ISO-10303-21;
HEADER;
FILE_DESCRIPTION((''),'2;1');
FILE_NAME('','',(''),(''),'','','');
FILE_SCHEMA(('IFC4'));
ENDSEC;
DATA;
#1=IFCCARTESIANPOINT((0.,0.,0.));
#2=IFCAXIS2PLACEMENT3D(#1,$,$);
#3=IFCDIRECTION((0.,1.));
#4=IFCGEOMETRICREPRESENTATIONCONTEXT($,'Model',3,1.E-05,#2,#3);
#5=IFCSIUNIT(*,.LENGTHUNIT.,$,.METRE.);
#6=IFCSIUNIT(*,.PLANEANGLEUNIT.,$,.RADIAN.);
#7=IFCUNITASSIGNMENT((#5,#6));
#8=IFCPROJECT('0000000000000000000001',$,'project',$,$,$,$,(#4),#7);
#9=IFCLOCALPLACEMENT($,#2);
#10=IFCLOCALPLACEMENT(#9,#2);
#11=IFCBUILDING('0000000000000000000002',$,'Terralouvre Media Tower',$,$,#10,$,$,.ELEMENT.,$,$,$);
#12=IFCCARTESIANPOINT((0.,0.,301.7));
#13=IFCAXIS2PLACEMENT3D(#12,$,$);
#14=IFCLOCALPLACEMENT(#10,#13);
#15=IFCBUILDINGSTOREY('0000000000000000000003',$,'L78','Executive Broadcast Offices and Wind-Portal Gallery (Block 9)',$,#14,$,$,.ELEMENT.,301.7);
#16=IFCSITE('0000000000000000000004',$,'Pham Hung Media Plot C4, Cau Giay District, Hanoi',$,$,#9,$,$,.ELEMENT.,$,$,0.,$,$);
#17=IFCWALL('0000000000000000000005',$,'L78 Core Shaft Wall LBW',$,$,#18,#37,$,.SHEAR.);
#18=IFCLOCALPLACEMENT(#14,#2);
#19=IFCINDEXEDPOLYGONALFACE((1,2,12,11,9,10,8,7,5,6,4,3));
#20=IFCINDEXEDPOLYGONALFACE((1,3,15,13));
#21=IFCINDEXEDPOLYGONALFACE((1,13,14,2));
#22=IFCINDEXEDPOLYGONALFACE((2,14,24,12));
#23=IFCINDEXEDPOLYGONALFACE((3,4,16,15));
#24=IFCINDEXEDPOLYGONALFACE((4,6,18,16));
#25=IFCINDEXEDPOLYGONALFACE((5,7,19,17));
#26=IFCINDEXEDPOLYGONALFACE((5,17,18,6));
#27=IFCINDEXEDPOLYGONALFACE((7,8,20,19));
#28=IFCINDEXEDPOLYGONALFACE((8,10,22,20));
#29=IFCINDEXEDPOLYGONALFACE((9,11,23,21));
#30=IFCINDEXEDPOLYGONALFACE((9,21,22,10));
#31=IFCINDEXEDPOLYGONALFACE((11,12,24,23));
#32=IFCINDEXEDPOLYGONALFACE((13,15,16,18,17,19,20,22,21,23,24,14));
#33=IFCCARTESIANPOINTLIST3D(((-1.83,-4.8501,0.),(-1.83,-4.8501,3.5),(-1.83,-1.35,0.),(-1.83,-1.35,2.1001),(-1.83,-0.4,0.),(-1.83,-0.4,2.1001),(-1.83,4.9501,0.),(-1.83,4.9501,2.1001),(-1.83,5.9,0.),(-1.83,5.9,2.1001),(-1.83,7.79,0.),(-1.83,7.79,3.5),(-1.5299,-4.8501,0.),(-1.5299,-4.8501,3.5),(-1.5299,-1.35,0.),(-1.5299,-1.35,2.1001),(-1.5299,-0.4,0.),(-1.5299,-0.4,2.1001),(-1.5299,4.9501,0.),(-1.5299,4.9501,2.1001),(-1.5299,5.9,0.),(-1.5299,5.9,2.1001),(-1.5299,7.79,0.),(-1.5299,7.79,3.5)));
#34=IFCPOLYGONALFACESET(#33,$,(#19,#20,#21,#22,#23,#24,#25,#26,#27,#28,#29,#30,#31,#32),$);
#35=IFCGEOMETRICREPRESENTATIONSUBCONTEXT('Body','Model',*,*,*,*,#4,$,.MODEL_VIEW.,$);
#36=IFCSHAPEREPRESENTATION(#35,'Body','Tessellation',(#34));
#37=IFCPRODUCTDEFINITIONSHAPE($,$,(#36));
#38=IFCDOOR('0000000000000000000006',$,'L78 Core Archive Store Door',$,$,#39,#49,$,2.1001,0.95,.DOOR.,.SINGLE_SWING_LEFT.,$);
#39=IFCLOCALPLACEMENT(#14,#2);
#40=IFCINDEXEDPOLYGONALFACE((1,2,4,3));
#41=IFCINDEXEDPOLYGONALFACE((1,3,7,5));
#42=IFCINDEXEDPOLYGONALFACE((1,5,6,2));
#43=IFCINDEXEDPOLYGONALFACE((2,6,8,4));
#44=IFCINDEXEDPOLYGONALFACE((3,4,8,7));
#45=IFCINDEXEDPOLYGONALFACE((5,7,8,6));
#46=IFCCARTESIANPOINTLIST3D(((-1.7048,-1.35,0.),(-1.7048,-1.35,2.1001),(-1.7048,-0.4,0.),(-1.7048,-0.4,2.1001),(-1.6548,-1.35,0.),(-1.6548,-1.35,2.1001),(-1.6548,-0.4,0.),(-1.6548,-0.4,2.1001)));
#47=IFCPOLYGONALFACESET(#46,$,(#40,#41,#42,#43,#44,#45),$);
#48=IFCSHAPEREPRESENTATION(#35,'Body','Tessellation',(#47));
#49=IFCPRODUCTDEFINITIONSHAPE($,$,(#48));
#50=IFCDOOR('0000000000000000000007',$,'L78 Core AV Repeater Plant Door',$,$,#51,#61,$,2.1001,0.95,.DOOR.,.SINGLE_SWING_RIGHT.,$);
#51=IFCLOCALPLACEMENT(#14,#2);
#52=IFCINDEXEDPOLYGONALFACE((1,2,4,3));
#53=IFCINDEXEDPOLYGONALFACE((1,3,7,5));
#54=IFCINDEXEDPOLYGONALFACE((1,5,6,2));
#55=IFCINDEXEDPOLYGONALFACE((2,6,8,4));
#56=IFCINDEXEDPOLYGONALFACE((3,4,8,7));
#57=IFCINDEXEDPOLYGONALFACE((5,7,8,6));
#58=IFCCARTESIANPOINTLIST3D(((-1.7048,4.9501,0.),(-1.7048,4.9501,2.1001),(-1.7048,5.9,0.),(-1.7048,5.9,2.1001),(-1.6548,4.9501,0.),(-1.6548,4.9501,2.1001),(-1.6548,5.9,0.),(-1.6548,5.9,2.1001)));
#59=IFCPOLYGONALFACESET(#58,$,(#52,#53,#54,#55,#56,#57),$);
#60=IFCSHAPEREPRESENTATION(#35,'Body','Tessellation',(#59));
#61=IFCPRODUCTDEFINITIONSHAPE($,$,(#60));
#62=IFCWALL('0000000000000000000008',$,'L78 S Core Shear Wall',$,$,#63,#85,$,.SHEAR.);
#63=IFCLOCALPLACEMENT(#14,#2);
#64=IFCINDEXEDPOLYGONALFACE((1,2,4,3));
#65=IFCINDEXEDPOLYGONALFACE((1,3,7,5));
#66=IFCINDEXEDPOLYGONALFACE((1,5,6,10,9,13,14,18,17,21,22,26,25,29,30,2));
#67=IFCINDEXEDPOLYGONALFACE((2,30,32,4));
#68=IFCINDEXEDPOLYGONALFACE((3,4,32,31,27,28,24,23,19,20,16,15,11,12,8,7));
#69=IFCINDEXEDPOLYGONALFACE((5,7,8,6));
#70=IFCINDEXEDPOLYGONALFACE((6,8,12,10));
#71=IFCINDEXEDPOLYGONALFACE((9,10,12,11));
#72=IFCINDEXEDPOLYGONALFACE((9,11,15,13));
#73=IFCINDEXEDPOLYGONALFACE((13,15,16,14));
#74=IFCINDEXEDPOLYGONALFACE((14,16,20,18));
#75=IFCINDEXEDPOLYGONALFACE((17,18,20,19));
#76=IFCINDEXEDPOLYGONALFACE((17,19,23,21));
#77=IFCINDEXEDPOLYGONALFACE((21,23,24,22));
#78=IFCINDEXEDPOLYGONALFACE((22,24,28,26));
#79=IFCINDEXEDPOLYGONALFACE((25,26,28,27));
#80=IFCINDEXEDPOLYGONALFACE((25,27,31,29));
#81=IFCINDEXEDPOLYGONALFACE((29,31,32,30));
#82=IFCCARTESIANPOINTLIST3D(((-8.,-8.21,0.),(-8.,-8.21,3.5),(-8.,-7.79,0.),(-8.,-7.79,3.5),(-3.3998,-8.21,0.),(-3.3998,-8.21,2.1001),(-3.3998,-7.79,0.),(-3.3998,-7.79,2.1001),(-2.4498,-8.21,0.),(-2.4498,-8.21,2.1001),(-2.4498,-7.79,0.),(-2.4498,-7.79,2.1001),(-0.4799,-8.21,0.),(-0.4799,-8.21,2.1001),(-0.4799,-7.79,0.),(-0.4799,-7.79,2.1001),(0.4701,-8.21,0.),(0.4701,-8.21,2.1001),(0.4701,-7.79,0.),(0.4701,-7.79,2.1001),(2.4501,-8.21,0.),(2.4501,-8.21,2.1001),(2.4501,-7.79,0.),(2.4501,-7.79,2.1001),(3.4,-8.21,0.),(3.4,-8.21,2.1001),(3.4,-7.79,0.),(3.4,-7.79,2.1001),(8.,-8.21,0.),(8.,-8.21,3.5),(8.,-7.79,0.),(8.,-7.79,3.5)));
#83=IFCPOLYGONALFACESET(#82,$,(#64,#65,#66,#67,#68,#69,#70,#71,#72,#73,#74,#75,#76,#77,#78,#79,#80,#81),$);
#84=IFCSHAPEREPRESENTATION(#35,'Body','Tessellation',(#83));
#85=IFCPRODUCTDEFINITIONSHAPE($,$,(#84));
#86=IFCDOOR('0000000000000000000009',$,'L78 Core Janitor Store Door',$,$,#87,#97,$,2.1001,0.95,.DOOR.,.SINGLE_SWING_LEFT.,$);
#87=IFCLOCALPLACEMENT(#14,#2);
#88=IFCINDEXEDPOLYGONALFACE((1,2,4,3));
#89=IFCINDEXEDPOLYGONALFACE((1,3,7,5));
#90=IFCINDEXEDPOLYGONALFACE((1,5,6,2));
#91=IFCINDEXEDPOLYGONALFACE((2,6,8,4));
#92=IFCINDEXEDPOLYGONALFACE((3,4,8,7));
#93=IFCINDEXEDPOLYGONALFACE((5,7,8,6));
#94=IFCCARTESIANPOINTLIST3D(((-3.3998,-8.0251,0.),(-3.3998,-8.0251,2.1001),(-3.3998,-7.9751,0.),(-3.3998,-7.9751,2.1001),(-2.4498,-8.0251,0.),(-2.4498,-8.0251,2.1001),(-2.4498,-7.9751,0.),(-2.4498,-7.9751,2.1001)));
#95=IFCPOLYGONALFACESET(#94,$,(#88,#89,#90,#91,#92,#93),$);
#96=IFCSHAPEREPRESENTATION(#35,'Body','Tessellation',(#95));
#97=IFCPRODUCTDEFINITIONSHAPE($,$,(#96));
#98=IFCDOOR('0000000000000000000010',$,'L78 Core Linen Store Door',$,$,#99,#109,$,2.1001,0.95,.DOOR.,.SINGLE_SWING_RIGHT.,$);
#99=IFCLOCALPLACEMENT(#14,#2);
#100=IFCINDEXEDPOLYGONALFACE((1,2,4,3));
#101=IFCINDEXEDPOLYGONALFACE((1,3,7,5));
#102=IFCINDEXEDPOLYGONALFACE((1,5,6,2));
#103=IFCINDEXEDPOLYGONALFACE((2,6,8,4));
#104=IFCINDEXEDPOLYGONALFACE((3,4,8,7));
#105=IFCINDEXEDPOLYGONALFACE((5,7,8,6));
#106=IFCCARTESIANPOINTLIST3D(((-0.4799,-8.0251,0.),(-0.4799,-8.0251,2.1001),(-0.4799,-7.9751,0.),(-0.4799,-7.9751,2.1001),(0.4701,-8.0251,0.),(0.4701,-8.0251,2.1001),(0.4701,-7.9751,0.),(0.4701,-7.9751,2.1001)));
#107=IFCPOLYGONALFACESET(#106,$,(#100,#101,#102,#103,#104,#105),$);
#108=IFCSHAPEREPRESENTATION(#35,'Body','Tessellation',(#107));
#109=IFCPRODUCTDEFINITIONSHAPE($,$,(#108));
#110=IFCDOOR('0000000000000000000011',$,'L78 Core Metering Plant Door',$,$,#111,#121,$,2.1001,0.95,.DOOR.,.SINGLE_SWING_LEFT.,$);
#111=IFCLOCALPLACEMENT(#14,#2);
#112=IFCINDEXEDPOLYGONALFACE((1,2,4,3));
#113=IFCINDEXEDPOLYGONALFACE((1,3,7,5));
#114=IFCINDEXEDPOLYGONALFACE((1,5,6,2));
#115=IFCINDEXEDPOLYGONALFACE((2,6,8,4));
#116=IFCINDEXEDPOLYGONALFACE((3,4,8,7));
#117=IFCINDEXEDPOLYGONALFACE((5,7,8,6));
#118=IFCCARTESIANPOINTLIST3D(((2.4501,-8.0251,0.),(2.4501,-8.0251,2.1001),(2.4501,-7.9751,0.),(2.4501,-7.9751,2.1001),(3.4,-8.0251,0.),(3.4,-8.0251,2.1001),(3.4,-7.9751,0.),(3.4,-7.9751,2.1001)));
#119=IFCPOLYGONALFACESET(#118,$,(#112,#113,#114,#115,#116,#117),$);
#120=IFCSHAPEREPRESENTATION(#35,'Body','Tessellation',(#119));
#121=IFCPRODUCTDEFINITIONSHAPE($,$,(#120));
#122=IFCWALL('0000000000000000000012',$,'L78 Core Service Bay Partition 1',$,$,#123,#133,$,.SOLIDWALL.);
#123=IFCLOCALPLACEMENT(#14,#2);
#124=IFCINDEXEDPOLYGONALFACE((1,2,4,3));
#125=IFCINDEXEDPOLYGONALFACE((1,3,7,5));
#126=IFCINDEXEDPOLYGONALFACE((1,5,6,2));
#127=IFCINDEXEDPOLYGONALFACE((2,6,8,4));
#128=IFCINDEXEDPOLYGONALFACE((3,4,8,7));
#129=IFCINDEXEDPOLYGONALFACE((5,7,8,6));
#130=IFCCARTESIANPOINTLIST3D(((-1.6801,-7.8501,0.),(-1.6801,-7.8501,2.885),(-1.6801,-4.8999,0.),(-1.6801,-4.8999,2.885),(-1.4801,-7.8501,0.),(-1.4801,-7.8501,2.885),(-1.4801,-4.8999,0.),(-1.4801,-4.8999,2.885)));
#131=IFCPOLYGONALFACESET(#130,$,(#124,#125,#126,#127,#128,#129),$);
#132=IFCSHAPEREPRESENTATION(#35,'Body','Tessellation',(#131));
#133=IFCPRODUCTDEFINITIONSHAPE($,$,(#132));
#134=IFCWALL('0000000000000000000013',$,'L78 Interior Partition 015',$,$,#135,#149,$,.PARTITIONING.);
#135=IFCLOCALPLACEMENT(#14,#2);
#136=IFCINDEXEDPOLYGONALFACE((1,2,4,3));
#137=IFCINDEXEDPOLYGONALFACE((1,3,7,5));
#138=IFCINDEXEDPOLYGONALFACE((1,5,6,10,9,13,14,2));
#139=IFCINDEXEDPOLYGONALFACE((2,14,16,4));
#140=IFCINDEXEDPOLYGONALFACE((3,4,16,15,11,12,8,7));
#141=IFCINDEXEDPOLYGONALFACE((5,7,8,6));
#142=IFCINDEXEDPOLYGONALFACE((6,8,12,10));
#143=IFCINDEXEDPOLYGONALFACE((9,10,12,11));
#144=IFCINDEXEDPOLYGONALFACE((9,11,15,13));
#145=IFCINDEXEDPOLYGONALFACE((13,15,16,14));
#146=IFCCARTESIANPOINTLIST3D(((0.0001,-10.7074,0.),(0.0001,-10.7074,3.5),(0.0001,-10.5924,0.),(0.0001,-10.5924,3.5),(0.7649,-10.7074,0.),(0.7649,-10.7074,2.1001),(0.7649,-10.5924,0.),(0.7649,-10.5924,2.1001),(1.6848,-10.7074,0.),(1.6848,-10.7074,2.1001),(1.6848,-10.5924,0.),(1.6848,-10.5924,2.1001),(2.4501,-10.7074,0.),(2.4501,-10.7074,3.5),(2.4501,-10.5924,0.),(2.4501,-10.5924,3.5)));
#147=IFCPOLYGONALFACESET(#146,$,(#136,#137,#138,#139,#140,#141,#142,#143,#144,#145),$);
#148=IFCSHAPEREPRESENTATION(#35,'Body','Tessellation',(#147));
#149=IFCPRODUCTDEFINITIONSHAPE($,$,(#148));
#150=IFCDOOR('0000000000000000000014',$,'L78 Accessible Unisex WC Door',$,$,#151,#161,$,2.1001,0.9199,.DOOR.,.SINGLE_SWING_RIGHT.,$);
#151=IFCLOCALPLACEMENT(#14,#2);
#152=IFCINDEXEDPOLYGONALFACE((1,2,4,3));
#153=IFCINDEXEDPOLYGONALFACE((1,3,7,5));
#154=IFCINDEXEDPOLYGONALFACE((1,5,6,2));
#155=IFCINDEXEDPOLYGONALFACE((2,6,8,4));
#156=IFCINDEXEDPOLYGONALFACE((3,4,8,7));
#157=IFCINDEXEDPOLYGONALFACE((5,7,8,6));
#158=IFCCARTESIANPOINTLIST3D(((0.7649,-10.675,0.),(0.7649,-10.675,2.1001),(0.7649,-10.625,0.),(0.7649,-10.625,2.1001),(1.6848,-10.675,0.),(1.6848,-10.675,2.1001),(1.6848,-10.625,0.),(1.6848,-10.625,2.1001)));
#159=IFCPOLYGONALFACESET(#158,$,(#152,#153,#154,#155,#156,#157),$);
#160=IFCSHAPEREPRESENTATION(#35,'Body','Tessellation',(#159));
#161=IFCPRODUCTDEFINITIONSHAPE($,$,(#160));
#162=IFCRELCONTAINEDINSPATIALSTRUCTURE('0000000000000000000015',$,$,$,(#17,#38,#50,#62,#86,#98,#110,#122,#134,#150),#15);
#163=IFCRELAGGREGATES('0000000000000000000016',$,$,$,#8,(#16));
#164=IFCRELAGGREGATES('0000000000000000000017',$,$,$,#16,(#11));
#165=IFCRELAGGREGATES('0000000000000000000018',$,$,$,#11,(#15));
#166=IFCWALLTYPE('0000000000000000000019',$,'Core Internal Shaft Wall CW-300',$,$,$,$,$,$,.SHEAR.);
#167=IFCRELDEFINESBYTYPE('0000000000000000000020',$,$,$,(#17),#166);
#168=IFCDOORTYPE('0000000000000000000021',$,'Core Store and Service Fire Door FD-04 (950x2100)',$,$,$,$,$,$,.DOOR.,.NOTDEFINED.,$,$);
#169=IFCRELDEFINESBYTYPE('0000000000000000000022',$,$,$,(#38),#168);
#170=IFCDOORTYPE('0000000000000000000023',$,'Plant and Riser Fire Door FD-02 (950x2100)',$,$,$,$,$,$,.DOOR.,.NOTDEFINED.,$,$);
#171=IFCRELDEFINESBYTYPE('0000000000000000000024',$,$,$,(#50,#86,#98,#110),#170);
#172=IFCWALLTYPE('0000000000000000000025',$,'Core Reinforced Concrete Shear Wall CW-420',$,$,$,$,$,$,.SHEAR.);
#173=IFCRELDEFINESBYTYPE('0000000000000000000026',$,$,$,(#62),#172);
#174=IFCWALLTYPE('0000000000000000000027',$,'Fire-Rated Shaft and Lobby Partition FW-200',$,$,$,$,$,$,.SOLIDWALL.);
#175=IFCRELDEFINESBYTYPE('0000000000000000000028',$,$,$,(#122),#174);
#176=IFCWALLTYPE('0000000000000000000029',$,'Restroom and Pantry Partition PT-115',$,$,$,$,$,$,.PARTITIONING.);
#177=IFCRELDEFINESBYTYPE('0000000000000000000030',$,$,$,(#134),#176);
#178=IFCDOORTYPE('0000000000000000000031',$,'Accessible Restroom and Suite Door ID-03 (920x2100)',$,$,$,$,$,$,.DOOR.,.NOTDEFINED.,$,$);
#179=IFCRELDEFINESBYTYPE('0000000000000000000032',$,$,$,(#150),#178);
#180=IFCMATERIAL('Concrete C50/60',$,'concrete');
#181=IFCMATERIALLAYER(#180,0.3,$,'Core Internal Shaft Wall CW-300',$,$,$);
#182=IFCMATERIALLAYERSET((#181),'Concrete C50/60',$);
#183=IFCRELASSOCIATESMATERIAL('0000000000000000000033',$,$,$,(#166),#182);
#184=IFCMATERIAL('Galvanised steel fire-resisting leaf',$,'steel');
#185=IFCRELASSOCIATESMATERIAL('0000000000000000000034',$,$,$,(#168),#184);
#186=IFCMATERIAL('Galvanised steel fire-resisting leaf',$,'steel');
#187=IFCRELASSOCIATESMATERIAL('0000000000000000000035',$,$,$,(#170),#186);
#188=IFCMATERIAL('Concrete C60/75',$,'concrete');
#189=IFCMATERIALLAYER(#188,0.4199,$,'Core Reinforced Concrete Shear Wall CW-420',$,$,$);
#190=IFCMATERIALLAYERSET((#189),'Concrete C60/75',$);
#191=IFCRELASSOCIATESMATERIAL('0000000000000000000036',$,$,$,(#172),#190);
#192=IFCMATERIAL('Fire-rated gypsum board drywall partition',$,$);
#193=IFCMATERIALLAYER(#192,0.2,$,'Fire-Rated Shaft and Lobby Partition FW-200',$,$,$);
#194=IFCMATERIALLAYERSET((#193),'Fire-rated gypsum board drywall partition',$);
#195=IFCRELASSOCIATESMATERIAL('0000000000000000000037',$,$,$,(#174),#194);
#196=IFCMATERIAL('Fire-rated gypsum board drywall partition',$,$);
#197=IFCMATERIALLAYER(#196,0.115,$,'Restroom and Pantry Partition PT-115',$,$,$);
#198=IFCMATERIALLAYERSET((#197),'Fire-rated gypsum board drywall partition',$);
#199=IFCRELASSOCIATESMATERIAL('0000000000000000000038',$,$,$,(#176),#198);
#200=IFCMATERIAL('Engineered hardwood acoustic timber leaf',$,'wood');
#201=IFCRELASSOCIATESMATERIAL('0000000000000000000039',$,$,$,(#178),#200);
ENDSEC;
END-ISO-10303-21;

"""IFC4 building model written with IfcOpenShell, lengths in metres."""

from ifc_helpers import new_model, si_unit, direction, frame, frame_2d, origin, place, context, subcontext, project, spatial, rectangle, extrude, material, layer, layer_set, type_object, element, fill, save


model = new_model("IFC4")

# Units and contexts
model_context = context("Model", 3, precision=1e-05, world=origin(), true_north=direction((0.0, 1.0)))
body_context = subcontext(model_context, "Body", "Model", "MODEL_VIEW")
ifc_project = project(units=[si_unit("LENGTHUNIT", "METRE"), si_unit("PLANEANGLEUNIT", "RADIAN")], contexts=[model_context])

# Site, building, storey
site_placement = place(None, origin())
site = spatial("IfcSite", under=ifc_project, at=site_placement, Name="Pham Hung Media Plot C4, Cau Giay District, Hanoi", CompositionType="ELEMENT", RefElevation=0.0)
building_placement = place(site_placement, origin())
building = spatial("IfcBuilding", under=site, at=building_placement, Name="Terralouvre Media Tower", CompositionType="ELEMENT")
storey_placement = place(building_placement, frame((0.0, 0.0, 301.7)))
storey = spatial("IfcBuildingStorey", under=building, at=storey_placement, Name="L78", Description="Executive Broadcast Offices and Wind-Portal Gallery (Block 9)", CompositionType="ELEMENT", Elevation=301.7)

# Shared definitions
ifc_material_1 = material(Name="Concrete C50/60", Category="concrete")
ifc_layer_1 = layer(ifc_material_1, 0.3, Name="Core Internal Shaft Wall CW-300")
ifc_layer_set_1 = layer_set([ifc_layer_1], Name="Concrete C50/60")
wall_type_1 = type_object("IfcWallType", Name="Core Internal Shaft Wall CW-300", PredefinedType="SHEAR", material=ifc_layer_set_1)

# Walls, openings, doors
wall_1_placement = place(storey_placement, frame((-1.6799, -4.8501, 0.0), z_axis=(0.0, 0.0, 1.0), x_axis=(0.0, 1.0, 0.0)))
wall_1 = element("IfcWall", 1, at=wall_1_placement, inside=storey, type_object=wall_type_1, Name="L78 Core Shaft Wall LBW", PredefinedType="SHEAR", context=body_context, shape_type="SweptSolid", body=[
    extrude(rectangle(XDim=12.6401, YDim=0.3, at=frame_2d((6.3201, 0.0))), origin(), (0.0, 0.0, 1.0), 3.5),
])
opening_1_placement = place(wall_1_placement, frame((3.5, 0.0, 0.0)))
opening_1 = element("IfcOpeningElement", 2, at=opening_1_placement, cuts=wall_1, PredefinedType="OPENING", context=body_context, shape_type="SweptSolid", body=[
    extrude(rectangle(XDim=0.95, YDim=2.1001, at=frame_2d((0.4751, 1.05))), frame((0.0, 0.1599, 0.0), z_axis=(0.0, -1.0, 0.0), x_axis=(1.0, 0.0, 0.0)), (0.0, 0.0, 1.0), 0.3201),
])
opening_2_placement = place(wall_1_placement, frame((9.8, 0.0, 0.0)))
opening_2 = element("IfcOpeningElement", 3, at=opening_2_placement, cuts=wall_1, PredefinedType="OPENING", context=body_context, shape_type="SweptSolid", body=[
    extrude(rectangle(XDim=0.95, YDim=2.1001, at=frame_2d((0.4751, 1.05))), frame((0.0, 0.1599, 0.0), z_axis=(0.0, -1.0, 0.0), x_axis=(1.0, 0.0, 0.0)), (0.0, 0.0, 1.0), 0.3201),
])
ifc_material_2 = material(Name="Galvanised steel fire-resisting leaf", Category="steel")
door_type_1 = type_object("IfcDoorType", Name="Core Store and Service Fire Door FD-04 (950x2100)", OperationType="NOTDEFINED", PredefinedType="DOOR", material=ifc_material_2)
door_1_placement = place(opening_1_placement, origin())
door_1 = element("IfcDoor", 4, at=door_1_placement, inside=storey, type_object=door_type_1, Name="L78 Core Archive Store Door", OperationType="SINGLE_SWING_LEFT", OverallHeight=2.1001, OverallWidth=0.95, PredefinedType="DOOR", context=body_context, shape_type="SweptSolid", body=[
    extrude(rectangle(XDim=0.95, YDim=2.1001, at=frame_2d((0.4751, 1.05))), frame((0.0, 0.0249, 0.0), z_axis=(0.0, -1.0, 0.0), x_axis=(1.0, 0.0, 0.0)), (0.0, 0.0, 1.0), 0.05),
])
fill(opening_1, door_1)
ifc_material_3 = material(Name="Galvanised steel fire-resisting leaf", Category="steel")
door_type_2 = type_object("IfcDoorType", Name="Plant and Riser Fire Door FD-02 (950x2100)", OperationType="NOTDEFINED", PredefinedType="DOOR", material=ifc_material_3)
door_2_placement = place(opening_2_placement, origin())
door_2 = element("IfcDoor", 5, at=door_2_placement, inside=storey, type_object=door_type_2, Name="L78 Core AV Repeater Plant Door", OperationType="SINGLE_SWING_RIGHT", OverallHeight=2.1001, OverallWidth=0.95, PredefinedType="DOOR", context=body_context, shape_type="SweptSolid", body=[
    extrude(rectangle(XDim=0.95, YDim=2.1001, at=frame_2d((0.4751, 1.05))), frame((0.0, 0.0249, 0.0), z_axis=(0.0, -1.0, 0.0), x_axis=(1.0, 0.0, 0.0)), (0.0, 0.0, 1.0), 0.05),
])
fill(opening_2, door_2)
ifc_material_4 = material(Name="Concrete C60/75", Category="concrete")
ifc_layer_2 = layer(ifc_material_4, 0.4199, Name="Core Reinforced Concrete Shear Wall CW-420")
ifc_layer_set_2 = layer_set([ifc_layer_2], Name="Concrete C60/75")
wall_type_2 = type_object("IfcWallType", Name="Core Reinforced Concrete Shear Wall CW-420", PredefinedType="SHEAR", material=ifc_layer_set_2)
wall_2_placement = place(storey_placement, frame((-8.0, -8.0, 0.0), z_axis=(0.0, 0.0, 1.0), x_axis=(1.0, 0.0, 0.0)))
wall_2 = element("IfcWall", 6, at=wall_2_placement, inside=storey, type_object=wall_type_2, Name="L78 S Core Shear Wall", PredefinedType="SHEAR", context=body_context, shape_type="SweptSolid", body=[
    extrude(rectangle(XDim=16.0, YDim=0.4199, at=frame_2d((8.0, 0.0))), origin(), (0.0, 0.0, 1.0), 3.5),
])
opening_3_placement = place(wall_2_placement, frame((4.6001, 0.0, 0.0)))
opening_3 = element("IfcOpeningElement", 7, at=opening_3_placement, cuts=wall_2, PredefinedType="OPENING", context=body_context, shape_type="SweptSolid", body=[
    extrude(rectangle(XDim=0.95, YDim=2.1001, at=frame_2d((0.4751, 1.05))), frame((0.0, 0.22, 0.0), z_axis=(0.0, -1.0, 0.0), x_axis=(1.0, 0.0, 0.0)), (0.0, 0.0, 1.0), 0.4399),
])
opening_4_placement = place(wall_2_placement, frame((7.52, 0.0, 0.0)))
opening_4 = element("IfcOpeningElement", 8, at=opening_4_placement, cuts=wall_2, PredefinedType="OPENING", context=body_context, shape_type="SweptSolid", body=[
    extrude(rectangle(XDim=0.95, YDim=2.1001, at=frame_2d((0.4751, 1.05))), frame((0.0, 0.22, 0.0), z_axis=(0.0, -1.0, 0.0), x_axis=(1.0, 0.0, 0.0)), (0.0, 0.0, 1.0), 0.4399),
])
opening_5_placement = place(wall_2_placement, frame((10.45, 0.0, 0.0)))
opening_5 = element("IfcOpeningElement", 9, at=opening_5_placement, cuts=wall_2, PredefinedType="OPENING", context=body_context, shape_type="SweptSolid", body=[
    extrude(rectangle(XDim=0.95, YDim=2.1001, at=frame_2d((0.4751, 1.05))), frame((0.0, 0.22, 0.0), z_axis=(0.0, -1.0, 0.0), x_axis=(1.0, 0.0, 0.0)), (0.0, 0.0, 1.0), 0.4399),
])
door_3_placement = place(opening_3_placement, origin())
door_3 = element("IfcDoor", 10, at=door_3_placement, inside=storey, type_object=door_type_2, Name="L78 Core Janitor Store Door", OperationType="SINGLE_SWING_LEFT", OverallHeight=2.1001, OverallWidth=0.95, PredefinedType="DOOR", context=body_context, shape_type="SweptSolid", body=[
    extrude(rectangle(XDim=0.95, YDim=2.1001, at=frame_2d((0.4751, 1.05))), frame((0.0, 0.0249, 0.0), z_axis=(0.0, -1.0, 0.0), x_axis=(1.0, 0.0, 0.0)), (0.0, 0.0, 1.0), 0.05),
])
fill(opening_3, door_3)
door_4_placement = place(opening_4_placement, origin())
door_4 = element("IfcDoor", 11, at=door_4_placement, inside=storey, type_object=door_type_2, Name="L78 Core Linen Store Door", OperationType="SINGLE_SWING_RIGHT", OverallHeight=2.1001, OverallWidth=0.95, PredefinedType="DOOR", context=body_context, shape_type="SweptSolid", body=[
    extrude(rectangle(XDim=0.95, YDim=2.1001, at=frame_2d((0.4751, 1.05))), frame((0.0, 0.0249, 0.0), z_axis=(0.0, -1.0, 0.0), x_axis=(1.0, 0.0, 0.0)), (0.0, 0.0, 1.0), 0.05),
])
fill(opening_4, door_4)
door_5_placement = place(opening_5_placement, origin())
door_5 = element("IfcDoor", 12, at=door_5_placement, inside=storey, type_object=door_type_2, Name="L78 Core Metering Plant Door", OperationType="SINGLE_SWING_LEFT", OverallHeight=2.1001, OverallWidth=0.95, PredefinedType="DOOR", context=body_context, shape_type="SweptSolid", body=[
    extrude(rectangle(XDim=0.95, YDim=2.1001, at=frame_2d((0.4751, 1.05))), frame((0.0, 0.0249, 0.0), z_axis=(0.0, -1.0, 0.0), x_axis=(1.0, 0.0, 0.0)), (0.0, 0.0, 1.0), 0.05),
])
fill(opening_5, door_5)

# Wall
ifc_material_5 = material(Name="Fire-rated gypsum board drywall partition")
ifc_layer_3 = layer(ifc_material_5, 0.2, Name="Fire-Rated Shaft and Lobby Partition FW-200")
ifc_layer_set_3 = layer_set([ifc_layer_3], Name="Fire-rated gypsum board drywall partition")
wall_type_3 = type_object("IfcWallType", Name="Fire-Rated Shaft and Lobby Partition FW-200", PredefinedType="SOLIDWALL", material=ifc_layer_set_3)
wall_3_placement = place(storey_placement, frame((-1.5801, -7.8501, 0.0), z_axis=(0.0, 0.0, 1.0), x_axis=(0.0, 1.0, 0.0)))
element("IfcWall", 13, at=wall_3_placement, inside=storey, type_object=wall_type_3, Name="L78 Core Service Bay Partition 1", PredefinedType="SOLIDWALL", context=body_context, shape_type="SweptSolid", body=[
    extrude(rectangle(XDim=2.9502, YDim=0.2, at=frame_2d((1.4751, 0.0))), origin(), (0.0, 0.0, 1.0), 2.885),
])

# Wall, opening, door
ifc_material_6 = material(Name="Fire-rated gypsum board drywall partition")
ifc_layer_4 = layer(ifc_material_6, 0.115, Name="Restroom and Pantry Partition PT-115")
ifc_layer_set_4 = layer_set([ifc_layer_4], Name="Fire-rated gypsum board drywall partition")
wall_type_4 = type_object("IfcWallType", Name="Restroom and Pantry Partition PT-115", PredefinedType="PARTITIONING", material=ifc_layer_set_4)
wall_4_placement = place(storey_placement, frame((0.0, -10.6499, 0.0), z_axis=(0.0, 0.0, 1.0), x_axis=(1.0, 0.0, 0.0)))
wall_4 = element("IfcWall", 14, at=wall_4_placement, inside=storey, type_object=wall_type_4, Name="L78 Interior Partition 015", PredefinedType="PARTITIONING", context=body_context, shape_type="SweptSolid", body=[
    extrude(rectangle(XDim=2.45, YDim=0.115, at=frame_2d((1.2251, 0.0))), origin(), (0.0, 0.0, 1.0), 3.5),
])
opening_6_placement = place(wall_4_placement, frame((0.7649, 0.0, 0.0)))
opening_6 = element("IfcOpeningElement", 15, at=opening_6_placement, cuts=wall_4, PredefinedType="OPENING", context=body_context, shape_type="SweptSolid", body=[
    extrude(rectangle(XDim=0.9199, YDim=2.1001, at=frame_2d((0.46, 1.05))), frame((0.0, 0.0674, 0.0), z_axis=(0.0, -1.0, 0.0), x_axis=(1.0, 0.0, 0.0)), (0.0, 0.0, 1.0), 0.135),
])
ifc_material_7 = material(Name="Engineered hardwood acoustic timber leaf", Category="wood")
door_type_3 = type_object("IfcDoorType", Name="Accessible Restroom and Suite Door ID-03 (920x2100)", OperationType="NOTDEFINED", PredefinedType="DOOR", material=ifc_material_7)
door_6_placement = place(opening_6_placement, origin())
door_6 = element("IfcDoor", 16, at=door_6_placement, inside=storey, type_object=door_type_3, Name="L78 Accessible Unisex WC Door", OperationType="SINGLE_SWING_RIGHT", OverallHeight=2.1001, OverallWidth=0.9199, PredefinedType="DOOR", context=body_context, shape_type="SweptSolid", body=[
    extrude(rectangle(XDim=0.9199, YDim=2.1001, at=frame_2d((0.46, 1.05))), frame((0.0, 0.0249, 0.0), z_axis=(0.0, -1.0, 0.0), x_axis=(1.0, 0.0, 0.0)), (0.0, 0.0, 1.0), 0.05),
])
fill(opening_6, door_6)

save(model, "model.ifc")
